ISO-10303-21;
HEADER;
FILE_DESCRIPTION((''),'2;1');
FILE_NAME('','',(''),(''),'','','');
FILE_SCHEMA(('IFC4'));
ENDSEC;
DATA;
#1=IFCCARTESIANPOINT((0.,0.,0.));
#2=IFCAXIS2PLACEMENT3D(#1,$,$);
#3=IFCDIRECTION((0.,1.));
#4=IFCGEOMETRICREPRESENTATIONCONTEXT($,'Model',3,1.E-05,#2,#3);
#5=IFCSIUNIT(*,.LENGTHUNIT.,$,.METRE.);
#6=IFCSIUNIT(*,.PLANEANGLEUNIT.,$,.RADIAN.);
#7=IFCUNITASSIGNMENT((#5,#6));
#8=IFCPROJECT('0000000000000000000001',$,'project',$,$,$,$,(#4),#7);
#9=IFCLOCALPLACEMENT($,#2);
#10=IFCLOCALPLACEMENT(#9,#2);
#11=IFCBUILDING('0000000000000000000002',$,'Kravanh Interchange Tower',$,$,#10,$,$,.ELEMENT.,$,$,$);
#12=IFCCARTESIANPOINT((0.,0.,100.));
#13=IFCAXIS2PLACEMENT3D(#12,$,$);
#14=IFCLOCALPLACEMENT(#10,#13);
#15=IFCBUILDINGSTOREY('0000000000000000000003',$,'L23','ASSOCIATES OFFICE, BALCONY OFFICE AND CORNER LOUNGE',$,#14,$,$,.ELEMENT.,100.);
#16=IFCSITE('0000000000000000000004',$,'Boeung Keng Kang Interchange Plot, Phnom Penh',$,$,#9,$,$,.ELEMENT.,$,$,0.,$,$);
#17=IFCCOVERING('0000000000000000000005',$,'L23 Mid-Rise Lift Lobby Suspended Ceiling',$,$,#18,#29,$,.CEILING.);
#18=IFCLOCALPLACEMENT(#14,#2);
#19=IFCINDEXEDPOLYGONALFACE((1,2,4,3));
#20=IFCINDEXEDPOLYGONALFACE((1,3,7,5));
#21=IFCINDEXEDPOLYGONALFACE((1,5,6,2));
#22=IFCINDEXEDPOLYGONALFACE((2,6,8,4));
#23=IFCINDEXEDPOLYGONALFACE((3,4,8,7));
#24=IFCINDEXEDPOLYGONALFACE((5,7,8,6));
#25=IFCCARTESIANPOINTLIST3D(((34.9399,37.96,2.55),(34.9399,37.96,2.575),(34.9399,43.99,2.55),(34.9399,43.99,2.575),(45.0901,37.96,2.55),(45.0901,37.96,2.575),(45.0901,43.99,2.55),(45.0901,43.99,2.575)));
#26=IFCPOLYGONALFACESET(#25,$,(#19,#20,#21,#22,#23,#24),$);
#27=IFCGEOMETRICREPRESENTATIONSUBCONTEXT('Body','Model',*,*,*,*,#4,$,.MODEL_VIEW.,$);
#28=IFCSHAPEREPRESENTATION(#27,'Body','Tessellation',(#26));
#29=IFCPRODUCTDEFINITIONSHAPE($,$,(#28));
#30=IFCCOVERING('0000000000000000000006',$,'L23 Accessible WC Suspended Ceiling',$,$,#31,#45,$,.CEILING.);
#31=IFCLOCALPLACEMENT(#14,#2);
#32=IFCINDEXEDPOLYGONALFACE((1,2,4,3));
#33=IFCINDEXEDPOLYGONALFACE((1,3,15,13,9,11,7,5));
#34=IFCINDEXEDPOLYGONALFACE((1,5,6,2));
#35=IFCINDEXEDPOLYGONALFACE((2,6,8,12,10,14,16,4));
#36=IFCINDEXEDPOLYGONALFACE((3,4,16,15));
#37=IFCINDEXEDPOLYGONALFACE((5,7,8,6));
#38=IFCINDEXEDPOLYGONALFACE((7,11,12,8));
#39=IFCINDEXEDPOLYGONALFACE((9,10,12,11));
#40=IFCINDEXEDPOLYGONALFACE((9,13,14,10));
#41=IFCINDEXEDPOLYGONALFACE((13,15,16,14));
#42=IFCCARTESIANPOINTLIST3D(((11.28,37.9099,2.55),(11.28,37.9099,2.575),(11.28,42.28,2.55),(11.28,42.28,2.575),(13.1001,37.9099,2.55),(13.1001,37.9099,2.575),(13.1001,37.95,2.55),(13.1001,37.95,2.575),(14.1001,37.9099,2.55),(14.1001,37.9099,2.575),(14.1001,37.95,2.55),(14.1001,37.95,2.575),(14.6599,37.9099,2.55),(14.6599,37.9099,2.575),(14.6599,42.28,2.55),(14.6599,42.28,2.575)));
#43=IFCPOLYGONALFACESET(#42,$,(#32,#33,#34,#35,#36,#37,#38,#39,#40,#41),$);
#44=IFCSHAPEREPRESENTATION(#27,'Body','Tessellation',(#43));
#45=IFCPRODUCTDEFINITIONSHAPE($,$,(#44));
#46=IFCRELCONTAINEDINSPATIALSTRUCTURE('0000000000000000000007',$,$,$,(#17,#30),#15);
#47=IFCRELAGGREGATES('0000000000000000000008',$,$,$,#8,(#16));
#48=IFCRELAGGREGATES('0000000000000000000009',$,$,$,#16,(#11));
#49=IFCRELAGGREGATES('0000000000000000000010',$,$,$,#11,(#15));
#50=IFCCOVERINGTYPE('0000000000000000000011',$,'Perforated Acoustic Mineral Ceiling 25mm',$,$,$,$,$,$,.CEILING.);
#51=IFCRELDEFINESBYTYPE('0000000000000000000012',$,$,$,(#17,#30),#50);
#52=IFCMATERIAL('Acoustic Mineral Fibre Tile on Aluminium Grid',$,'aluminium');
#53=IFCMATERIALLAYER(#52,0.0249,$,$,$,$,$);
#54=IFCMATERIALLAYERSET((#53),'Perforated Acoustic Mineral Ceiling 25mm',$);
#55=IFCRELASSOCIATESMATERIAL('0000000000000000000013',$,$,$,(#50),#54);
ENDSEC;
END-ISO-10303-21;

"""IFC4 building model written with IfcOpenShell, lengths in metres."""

from ifc_helpers import new_model, si_unit, direction, frame, origin, place, context, subcontext, project, spatial, polyline, outline, extrude, material, layer, layer_set, type_object, element, save


model = new_model("IFC4")

# Units and contexts
model_context = context("Model", 3, precision=1e-05, world=origin(), true_north=direction((0.0, 1.0)))
body_context = subcontext(model_context, "Body", "Model", "MODEL_VIEW")
ifc_project = project(units=[si_unit("LENGTHUNIT", "METRE"), si_unit("PLANEANGLEUNIT", "RADIAN")], contexts=[model_context])

# Site, building, storey
site_placement = place(None, origin())
site = spatial("IfcSite", under=ifc_project, at=site_placement, Name="Boeung Keng Kang Interchange Plot, Phnom Penh", CompositionType="ELEMENT", RefElevation=0.0)
building_placement = place(site_placement, origin())
building = spatial("IfcBuilding", under=site, at=building_placement, Name="Kravanh Interchange Tower", CompositionType="ELEMENT")
storey_placement = place(building_placement, frame((0.0, 0.0, 100.0)))
storey = spatial("IfcBuildingStorey", under=building, at=storey_placement, Name="L23", Description="ASSOCIATES OFFICE, BALCONY OFFICE AND CORNER LOUNGE", CompositionType="ELEMENT", Elevation=100.0)

# Coverings
ifc_material_1 = material(Name="Acoustic Mineral Fibre Tile on Aluminium Grid", Category="aluminium")
ifc_layer_1 = layer(ifc_material_1, 0.0249)
ifc_layer_set_1 = layer_set([ifc_layer_1], Name="Perforated Acoustic Mineral Ceiling 25mm")
covering_type_1 = type_object("IfcCoveringType", Name="Perforated Acoustic Mineral Ceiling 25mm", PredefinedType="CEILING", material=ifc_layer_set_1)
covering_1_placement = place(storey_placement, frame((0.0, 0.0, 2.55)))
element("IfcCovering", 1, at=covering_1_placement, inside=storey, type_object=covering_type_1, Name="L23 Mid-Rise Lift Lobby Suspended Ceiling", PredefinedType="CEILING", context=body_context, shape_type="SweptSolid", body=[
    extrude(outline(polyline([(45.0901, 37.96), (34.9399, 37.96), (34.9399, 43.99), (45.0901, 43.99), (45.0901, 37.96)])), origin(), (0.0, 0.0, 1.0), 0.0249),
])
covering_2_placement = place(storey_placement, frame((0.0, 0.0, 2.55)))
element("IfcCovering", 2, at=covering_2_placement, inside=storey, type_object=covering_type_1, Name="L23 Accessible WC Suspended Ceiling", PredefinedType="CEILING", context=body_context, shape_type="SweptSolid", body=[
    extrude(outline(polyline([(14.6599, 42.28), (14.6599, 37.9099), (14.1001, 37.9099), (14.1001, 37.95), (13.1001, 37.95), (13.1001, 37.9099), (11.28, 37.9099), (11.28, 42.28), (14.6599, 42.28)])), origin(), (0.0, 0.0, 1.0), 0.0249),
])

save(model, "model.ifc")
